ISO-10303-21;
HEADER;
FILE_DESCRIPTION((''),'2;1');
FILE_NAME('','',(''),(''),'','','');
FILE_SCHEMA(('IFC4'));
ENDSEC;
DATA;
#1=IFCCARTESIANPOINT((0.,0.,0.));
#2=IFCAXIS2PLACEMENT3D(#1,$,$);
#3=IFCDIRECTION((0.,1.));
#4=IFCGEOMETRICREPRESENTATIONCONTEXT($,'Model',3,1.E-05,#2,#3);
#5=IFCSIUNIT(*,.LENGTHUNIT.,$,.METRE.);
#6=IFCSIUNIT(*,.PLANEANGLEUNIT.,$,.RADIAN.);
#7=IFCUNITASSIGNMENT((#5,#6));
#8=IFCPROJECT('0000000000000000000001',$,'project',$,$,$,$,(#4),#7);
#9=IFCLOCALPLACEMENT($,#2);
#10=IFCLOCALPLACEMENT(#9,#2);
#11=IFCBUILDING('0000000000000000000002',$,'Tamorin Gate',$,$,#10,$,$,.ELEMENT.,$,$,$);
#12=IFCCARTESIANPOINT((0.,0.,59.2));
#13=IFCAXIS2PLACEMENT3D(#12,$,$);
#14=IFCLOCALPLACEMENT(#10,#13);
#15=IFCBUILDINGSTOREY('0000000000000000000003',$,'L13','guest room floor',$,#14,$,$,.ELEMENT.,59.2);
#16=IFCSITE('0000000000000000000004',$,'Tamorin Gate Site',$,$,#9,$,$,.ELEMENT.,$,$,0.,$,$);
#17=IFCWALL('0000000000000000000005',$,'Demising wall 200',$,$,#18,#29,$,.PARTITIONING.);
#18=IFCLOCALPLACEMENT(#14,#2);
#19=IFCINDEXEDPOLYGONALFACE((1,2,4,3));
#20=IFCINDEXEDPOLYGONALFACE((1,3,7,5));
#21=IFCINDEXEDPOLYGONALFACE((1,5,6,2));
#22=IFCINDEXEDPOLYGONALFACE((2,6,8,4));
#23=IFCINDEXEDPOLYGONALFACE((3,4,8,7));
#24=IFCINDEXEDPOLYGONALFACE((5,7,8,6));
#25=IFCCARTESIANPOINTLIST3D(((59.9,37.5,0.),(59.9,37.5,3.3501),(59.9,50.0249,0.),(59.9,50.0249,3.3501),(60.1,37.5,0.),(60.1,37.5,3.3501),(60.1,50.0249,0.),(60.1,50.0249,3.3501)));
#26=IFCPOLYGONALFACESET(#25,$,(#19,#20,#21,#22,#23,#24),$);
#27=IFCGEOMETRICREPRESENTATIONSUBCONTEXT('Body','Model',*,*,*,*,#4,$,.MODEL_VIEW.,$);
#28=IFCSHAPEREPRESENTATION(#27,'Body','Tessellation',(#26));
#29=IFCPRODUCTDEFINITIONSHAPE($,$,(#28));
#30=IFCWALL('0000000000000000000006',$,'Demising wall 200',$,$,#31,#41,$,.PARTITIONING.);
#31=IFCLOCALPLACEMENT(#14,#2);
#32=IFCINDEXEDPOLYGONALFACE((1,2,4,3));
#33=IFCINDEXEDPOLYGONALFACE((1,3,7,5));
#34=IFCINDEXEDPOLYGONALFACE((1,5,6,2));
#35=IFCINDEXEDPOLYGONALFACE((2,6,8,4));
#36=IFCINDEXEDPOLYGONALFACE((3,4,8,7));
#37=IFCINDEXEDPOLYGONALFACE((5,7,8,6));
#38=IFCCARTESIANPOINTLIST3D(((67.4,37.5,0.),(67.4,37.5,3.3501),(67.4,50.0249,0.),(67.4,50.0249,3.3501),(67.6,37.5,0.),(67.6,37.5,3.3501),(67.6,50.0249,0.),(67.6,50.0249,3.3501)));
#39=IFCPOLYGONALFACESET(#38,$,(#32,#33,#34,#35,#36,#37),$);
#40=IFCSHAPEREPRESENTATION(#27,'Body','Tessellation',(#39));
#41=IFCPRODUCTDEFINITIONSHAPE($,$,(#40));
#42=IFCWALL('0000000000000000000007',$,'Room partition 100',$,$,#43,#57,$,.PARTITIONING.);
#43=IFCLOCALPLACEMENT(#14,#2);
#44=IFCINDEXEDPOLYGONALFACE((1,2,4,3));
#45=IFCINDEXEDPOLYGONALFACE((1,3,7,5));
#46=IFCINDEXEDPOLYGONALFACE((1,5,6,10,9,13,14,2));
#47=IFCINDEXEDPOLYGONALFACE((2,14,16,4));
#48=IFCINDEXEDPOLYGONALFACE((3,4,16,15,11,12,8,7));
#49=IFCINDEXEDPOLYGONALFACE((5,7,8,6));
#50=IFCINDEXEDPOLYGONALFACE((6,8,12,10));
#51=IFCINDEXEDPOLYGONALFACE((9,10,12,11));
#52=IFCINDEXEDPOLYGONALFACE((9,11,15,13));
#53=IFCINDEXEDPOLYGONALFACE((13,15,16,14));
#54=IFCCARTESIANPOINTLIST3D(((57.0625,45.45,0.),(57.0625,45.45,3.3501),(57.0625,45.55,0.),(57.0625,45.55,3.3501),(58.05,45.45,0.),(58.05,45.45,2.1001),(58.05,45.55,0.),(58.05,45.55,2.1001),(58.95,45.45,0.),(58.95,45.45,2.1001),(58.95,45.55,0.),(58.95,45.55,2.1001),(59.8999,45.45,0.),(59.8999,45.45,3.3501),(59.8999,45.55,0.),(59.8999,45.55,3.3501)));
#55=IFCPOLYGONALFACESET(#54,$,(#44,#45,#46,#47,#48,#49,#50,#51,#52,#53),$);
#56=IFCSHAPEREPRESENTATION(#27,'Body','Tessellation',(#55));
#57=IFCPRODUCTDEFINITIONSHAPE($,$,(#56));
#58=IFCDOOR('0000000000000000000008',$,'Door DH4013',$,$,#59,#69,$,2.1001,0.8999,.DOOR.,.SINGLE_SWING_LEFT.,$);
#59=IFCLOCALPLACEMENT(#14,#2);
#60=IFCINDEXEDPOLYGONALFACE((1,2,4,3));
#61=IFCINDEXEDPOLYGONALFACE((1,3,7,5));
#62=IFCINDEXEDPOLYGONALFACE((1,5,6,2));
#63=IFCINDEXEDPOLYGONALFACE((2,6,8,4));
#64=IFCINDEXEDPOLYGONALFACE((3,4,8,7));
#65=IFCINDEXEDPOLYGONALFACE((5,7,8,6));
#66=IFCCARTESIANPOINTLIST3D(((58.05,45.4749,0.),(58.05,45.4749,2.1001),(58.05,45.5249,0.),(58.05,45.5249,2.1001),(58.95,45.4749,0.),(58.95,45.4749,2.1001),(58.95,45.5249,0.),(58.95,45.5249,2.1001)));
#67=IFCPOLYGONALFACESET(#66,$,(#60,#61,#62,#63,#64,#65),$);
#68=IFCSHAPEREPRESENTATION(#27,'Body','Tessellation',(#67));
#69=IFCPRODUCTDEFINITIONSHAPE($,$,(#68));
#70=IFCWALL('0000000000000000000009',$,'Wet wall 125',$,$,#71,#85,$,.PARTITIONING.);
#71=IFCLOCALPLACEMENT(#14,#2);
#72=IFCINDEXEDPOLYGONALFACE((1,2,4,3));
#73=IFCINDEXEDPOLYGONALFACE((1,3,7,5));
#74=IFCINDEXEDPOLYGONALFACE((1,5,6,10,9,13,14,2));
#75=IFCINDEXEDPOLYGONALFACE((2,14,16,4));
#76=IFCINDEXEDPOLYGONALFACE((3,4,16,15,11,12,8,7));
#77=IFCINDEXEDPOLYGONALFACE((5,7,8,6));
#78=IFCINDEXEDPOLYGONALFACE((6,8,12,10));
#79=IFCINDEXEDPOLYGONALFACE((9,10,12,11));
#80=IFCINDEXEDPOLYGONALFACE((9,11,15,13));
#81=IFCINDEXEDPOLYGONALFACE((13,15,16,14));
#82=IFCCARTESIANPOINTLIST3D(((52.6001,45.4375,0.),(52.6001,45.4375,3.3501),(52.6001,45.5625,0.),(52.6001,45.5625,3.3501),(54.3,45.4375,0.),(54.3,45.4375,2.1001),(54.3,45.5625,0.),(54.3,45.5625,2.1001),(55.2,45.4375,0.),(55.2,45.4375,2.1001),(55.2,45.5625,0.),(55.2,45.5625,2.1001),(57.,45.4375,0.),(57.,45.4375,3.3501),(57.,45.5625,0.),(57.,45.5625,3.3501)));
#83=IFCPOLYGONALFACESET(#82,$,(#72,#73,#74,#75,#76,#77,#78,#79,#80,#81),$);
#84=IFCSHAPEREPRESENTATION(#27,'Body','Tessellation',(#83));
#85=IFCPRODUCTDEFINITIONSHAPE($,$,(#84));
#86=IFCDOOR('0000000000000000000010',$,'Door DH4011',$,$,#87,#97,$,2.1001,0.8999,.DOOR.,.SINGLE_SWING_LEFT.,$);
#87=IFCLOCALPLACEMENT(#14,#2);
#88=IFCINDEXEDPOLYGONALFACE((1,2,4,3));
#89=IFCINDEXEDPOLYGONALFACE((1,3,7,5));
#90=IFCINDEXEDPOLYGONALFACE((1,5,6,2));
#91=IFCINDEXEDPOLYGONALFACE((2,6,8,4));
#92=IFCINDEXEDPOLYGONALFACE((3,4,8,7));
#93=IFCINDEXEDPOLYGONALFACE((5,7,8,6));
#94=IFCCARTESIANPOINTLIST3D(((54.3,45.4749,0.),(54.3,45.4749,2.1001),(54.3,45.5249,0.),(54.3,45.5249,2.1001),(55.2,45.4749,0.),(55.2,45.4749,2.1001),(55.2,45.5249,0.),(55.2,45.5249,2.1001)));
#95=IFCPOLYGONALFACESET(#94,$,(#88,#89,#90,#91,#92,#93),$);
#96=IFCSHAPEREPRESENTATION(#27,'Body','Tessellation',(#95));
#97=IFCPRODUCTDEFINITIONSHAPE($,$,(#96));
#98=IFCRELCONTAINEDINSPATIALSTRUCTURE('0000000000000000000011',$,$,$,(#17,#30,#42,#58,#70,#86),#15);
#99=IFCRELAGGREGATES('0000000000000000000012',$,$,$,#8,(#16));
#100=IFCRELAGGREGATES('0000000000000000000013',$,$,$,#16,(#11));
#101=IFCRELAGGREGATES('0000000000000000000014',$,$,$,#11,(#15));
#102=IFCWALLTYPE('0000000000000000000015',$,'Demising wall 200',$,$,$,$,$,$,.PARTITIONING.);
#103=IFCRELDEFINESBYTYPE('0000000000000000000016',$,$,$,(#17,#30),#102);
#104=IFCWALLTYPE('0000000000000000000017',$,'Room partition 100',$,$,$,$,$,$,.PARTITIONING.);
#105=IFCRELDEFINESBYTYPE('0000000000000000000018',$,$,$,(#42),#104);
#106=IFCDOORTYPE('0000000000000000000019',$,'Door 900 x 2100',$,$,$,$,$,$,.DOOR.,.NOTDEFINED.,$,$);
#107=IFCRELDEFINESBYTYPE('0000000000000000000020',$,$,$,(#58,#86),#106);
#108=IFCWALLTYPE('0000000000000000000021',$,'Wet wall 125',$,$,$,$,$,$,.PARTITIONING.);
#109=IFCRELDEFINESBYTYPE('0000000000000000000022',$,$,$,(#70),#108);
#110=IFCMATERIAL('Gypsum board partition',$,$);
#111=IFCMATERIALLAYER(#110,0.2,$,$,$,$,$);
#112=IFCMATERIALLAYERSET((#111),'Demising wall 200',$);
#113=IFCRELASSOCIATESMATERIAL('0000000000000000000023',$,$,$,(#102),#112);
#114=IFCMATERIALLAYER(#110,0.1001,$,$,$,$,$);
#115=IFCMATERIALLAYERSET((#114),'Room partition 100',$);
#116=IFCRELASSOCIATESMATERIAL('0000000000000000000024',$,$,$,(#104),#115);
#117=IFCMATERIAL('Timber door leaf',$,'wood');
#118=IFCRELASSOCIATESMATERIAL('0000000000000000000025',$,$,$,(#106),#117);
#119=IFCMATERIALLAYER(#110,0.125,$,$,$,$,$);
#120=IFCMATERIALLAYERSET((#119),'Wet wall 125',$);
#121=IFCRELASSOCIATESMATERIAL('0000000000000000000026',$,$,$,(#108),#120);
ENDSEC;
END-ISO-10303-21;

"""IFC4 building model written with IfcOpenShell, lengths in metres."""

from ifc_helpers import new_model, si_unit, direction, frame, frame_2d, origin, place, context, subcontext, project, spatial, rectangle, extrude, material, layer, layer_set, type_object, element, fill, save


model = new_model("IFC4")

# Units and contexts
model_context = context("Model", 3, precision=1e-05, world=origin(), true_north=direction((0.0, 1.0)))
body_context = subcontext(model_context, "Body", "Model", "MODEL_VIEW")
ifc_project = project(units=[si_unit("LENGTHUNIT", "METRE"), si_unit("PLANEANGLEUNIT", "RADIAN")], contexts=[model_context])

# Site, building, storey
site_placement = place(None, origin())
site = spatial("IfcSite", under=ifc_project, at=site_placement, Name="Tamorin Gate Site", CompositionType="ELEMENT", RefElevation=0.0)
building_placement = place(site_placement, origin())
building = spatial("IfcBuilding", under=site, at=building_placement, Name="Tamorin Gate", CompositionType="ELEMENT")
storey_placement = place(building_placement, frame((0.0, 0.0, 59.2)))
storey = spatial("IfcBuildingStorey", under=building, at=storey_placement, Name="L13", Description="guest room floor", CompositionType="ELEMENT", Elevation=59.2)

# Walls
ifc_material_1 = material(Name="Gypsum board partition")
ifc_layer_1 = layer(ifc_material_1, 0.2)
ifc_layer_set_1 = layer_set([ifc_layer_1], Name="Demising wall 200")
wall_type_1 = type_object("IfcWallType", Name="Demising wall 200", PredefinedType="PARTITIONING", material=ifc_layer_set_1)
for number, where, z_axis, x_axis, name in (
    (1, (60.0, 37.5, 0.0), (0.0, 0.0, 1.0), (0.0, 1.0, 0.0), "Demising wall 200"),
    (2, (67.5, 37.5, 0.0), (0.0, 0.0, 1.0), (0.0, 1.0, 0.0), "Demising wall 200"),
):
    element("IfcWall", number, at=place(storey_placement, frame(where, z_axis=z_axis, x_axis=x_axis)), inside=storey, type_object=wall_type_1, Name=name, PredefinedType="PARTITIONING", context=body_context, shape_type="SweptSolid", body=[
        extrude(rectangle(XDim=12.5249, YDim=0.2, at=frame_2d((6.2625, 0.0))), origin(), (0.0, 0.0, 1.0), 3.3501),
    ])

# Walls, openings, doors
ifc_layer_2 = layer(ifc_material_1, 0.1001)
ifc_layer_set_2 = layer_set([ifc_layer_2], Name="Room partition 100")
wall_type_2 = type_object("IfcWallType", Name="Room partition 100", PredefinedType="PARTITIONING", material=ifc_layer_set_2)
wall_1_placement = place(storey_placement, frame((57.0625, 45.5, 0.0), z_axis=(0.0, 0.0, 1.0), x_axis=(1.0, 0.0, 0.0)))
wall_1 = element("IfcWall", 3, at=wall_1_placement, inside=storey, type_object=wall_type_2, Name="Room partition 100", PredefinedType="PARTITIONING", context=body_context, shape_type="SweptSolid", body=[
    extrude(rectangle(XDim=2.8374, YDim=0.1001, at=frame_2d((1.4187, 0.0))), origin(), (0.0, 0.0, 1.0), 3.3501),
])
opening_1_placement = place(wall_1_placement, frame((0.9875, 0.0, 0.0)))
opening_1 = element("IfcOpeningElement", 4, at=opening_1_placement, cuts=wall_1, PredefinedType="OPENING", context=body_context, shape_type="SweptSolid", body=[
    extrude(rectangle(XDim=0.8999, YDim=2.1001, at=frame_2d((0.45, 1.05))), frame((0.0, 0.0601, 0.0), z_axis=(0.0, -1.0, 0.0), x_axis=(1.0, 0.0, 0.0)), (0.0, 0.0, 1.0), 0.1201),
])
ifc_material_2 = material(Name="Timber door leaf", Category="wood")
door_type = type_object("IfcDoorType", Name="Door 900 x 2100", OperationType="NOTDEFINED", PredefinedType="DOOR", material=ifc_material_2)
door_1_placement = place(opening_1_placement, origin())
door_1 = element("IfcDoor", 5, at=door_1_placement, inside=storey, type_object=door_type, Name="Door DH4013", OperationType="SINGLE_SWING_LEFT", OverallHeight=2.1001, OverallWidth=0.8999, PredefinedType="DOOR", context=body_context, shape_type="SweptSolid", body=[
    extrude(rectangle(XDim=0.8999, YDim=2.1001, at=frame_2d((0.45, 1.05))), frame((0.0, 0.0249, 0.0), z_axis=(0.0, -1.0, 0.0), x_axis=(1.0, 0.0, 0.0)), (0.0, 0.0, 1.0), 0.05),
])
fill(opening_1, door_1)
ifc_layer_3 = layer(ifc_material_1, 0.125)
ifc_layer_set_3 = layer_set([ifc_layer_3], Name="Wet wall 125")
wall_type_3 = type_object("IfcWallType", Name="Wet wall 125", PredefinedType="PARTITIONING", material=ifc_layer_set_3)
wall_2_placement = place(storey_placement, frame((52.6001, 45.5, 0.0), z_axis=(0.0, 0.0, 1.0), x_axis=(1.0, 0.0, 0.0)))
wall_2 = element("IfcWall", 6, at=wall_2_placement, inside=storey, type_object=wall_type_3, Name="Wet wall 125", PredefinedType="PARTITIONING", context=body_context, shape_type="SweptSolid", body=[
    extrude(rectangle(XDim=4.3999, YDim=0.125, at=frame_2d((2.2, 0.0))), origin(), (0.0, 0.0, 1.0), 3.3501),
])
opening_2_placement = place(wall_2_placement, frame((1.7, 0.0, 0.0)))
opening_2 = element("IfcOpeningElement", 7, at=opening_2_placement, cuts=wall_2, PredefinedType="OPENING", context=body_context, shape_type="SweptSolid", body=[
    extrude(rectangle(XDim=0.8999, YDim=2.1001, at=frame_2d((0.45, 1.05))), frame((0.0, 0.0725, 0.0), z_axis=(0.0, -1.0, 0.0), x_axis=(1.0, 0.0, 0.0)), (0.0, 0.0, 1.0), 0.145),
])
door_2_placement = place(opening_2_placement, origin())
door_2 = element("IfcDoor", 8, at=door_2_placement, inside=storey, type_object=door_type, Name="Door DH4011", OperationType="SINGLE_SWING_LEFT", OverallHeight=2.1001, OverallWidth=0.8999, PredefinedType="DOOR", context=body_context, shape_type="SweptSolid", body=[
    extrude(rectangle(XDim=0.8999, YDim=2.1001, at=frame_2d((0.45, 1.05))), frame((0.0, 0.0249, 0.0), z_axis=(0.0, -1.0, 0.0), x_axis=(1.0, 0.0, 0.0)), (0.0, 0.0, 1.0), 0.05),
])
fill(opening_2, door_2)

save(model, "model.ifc")
